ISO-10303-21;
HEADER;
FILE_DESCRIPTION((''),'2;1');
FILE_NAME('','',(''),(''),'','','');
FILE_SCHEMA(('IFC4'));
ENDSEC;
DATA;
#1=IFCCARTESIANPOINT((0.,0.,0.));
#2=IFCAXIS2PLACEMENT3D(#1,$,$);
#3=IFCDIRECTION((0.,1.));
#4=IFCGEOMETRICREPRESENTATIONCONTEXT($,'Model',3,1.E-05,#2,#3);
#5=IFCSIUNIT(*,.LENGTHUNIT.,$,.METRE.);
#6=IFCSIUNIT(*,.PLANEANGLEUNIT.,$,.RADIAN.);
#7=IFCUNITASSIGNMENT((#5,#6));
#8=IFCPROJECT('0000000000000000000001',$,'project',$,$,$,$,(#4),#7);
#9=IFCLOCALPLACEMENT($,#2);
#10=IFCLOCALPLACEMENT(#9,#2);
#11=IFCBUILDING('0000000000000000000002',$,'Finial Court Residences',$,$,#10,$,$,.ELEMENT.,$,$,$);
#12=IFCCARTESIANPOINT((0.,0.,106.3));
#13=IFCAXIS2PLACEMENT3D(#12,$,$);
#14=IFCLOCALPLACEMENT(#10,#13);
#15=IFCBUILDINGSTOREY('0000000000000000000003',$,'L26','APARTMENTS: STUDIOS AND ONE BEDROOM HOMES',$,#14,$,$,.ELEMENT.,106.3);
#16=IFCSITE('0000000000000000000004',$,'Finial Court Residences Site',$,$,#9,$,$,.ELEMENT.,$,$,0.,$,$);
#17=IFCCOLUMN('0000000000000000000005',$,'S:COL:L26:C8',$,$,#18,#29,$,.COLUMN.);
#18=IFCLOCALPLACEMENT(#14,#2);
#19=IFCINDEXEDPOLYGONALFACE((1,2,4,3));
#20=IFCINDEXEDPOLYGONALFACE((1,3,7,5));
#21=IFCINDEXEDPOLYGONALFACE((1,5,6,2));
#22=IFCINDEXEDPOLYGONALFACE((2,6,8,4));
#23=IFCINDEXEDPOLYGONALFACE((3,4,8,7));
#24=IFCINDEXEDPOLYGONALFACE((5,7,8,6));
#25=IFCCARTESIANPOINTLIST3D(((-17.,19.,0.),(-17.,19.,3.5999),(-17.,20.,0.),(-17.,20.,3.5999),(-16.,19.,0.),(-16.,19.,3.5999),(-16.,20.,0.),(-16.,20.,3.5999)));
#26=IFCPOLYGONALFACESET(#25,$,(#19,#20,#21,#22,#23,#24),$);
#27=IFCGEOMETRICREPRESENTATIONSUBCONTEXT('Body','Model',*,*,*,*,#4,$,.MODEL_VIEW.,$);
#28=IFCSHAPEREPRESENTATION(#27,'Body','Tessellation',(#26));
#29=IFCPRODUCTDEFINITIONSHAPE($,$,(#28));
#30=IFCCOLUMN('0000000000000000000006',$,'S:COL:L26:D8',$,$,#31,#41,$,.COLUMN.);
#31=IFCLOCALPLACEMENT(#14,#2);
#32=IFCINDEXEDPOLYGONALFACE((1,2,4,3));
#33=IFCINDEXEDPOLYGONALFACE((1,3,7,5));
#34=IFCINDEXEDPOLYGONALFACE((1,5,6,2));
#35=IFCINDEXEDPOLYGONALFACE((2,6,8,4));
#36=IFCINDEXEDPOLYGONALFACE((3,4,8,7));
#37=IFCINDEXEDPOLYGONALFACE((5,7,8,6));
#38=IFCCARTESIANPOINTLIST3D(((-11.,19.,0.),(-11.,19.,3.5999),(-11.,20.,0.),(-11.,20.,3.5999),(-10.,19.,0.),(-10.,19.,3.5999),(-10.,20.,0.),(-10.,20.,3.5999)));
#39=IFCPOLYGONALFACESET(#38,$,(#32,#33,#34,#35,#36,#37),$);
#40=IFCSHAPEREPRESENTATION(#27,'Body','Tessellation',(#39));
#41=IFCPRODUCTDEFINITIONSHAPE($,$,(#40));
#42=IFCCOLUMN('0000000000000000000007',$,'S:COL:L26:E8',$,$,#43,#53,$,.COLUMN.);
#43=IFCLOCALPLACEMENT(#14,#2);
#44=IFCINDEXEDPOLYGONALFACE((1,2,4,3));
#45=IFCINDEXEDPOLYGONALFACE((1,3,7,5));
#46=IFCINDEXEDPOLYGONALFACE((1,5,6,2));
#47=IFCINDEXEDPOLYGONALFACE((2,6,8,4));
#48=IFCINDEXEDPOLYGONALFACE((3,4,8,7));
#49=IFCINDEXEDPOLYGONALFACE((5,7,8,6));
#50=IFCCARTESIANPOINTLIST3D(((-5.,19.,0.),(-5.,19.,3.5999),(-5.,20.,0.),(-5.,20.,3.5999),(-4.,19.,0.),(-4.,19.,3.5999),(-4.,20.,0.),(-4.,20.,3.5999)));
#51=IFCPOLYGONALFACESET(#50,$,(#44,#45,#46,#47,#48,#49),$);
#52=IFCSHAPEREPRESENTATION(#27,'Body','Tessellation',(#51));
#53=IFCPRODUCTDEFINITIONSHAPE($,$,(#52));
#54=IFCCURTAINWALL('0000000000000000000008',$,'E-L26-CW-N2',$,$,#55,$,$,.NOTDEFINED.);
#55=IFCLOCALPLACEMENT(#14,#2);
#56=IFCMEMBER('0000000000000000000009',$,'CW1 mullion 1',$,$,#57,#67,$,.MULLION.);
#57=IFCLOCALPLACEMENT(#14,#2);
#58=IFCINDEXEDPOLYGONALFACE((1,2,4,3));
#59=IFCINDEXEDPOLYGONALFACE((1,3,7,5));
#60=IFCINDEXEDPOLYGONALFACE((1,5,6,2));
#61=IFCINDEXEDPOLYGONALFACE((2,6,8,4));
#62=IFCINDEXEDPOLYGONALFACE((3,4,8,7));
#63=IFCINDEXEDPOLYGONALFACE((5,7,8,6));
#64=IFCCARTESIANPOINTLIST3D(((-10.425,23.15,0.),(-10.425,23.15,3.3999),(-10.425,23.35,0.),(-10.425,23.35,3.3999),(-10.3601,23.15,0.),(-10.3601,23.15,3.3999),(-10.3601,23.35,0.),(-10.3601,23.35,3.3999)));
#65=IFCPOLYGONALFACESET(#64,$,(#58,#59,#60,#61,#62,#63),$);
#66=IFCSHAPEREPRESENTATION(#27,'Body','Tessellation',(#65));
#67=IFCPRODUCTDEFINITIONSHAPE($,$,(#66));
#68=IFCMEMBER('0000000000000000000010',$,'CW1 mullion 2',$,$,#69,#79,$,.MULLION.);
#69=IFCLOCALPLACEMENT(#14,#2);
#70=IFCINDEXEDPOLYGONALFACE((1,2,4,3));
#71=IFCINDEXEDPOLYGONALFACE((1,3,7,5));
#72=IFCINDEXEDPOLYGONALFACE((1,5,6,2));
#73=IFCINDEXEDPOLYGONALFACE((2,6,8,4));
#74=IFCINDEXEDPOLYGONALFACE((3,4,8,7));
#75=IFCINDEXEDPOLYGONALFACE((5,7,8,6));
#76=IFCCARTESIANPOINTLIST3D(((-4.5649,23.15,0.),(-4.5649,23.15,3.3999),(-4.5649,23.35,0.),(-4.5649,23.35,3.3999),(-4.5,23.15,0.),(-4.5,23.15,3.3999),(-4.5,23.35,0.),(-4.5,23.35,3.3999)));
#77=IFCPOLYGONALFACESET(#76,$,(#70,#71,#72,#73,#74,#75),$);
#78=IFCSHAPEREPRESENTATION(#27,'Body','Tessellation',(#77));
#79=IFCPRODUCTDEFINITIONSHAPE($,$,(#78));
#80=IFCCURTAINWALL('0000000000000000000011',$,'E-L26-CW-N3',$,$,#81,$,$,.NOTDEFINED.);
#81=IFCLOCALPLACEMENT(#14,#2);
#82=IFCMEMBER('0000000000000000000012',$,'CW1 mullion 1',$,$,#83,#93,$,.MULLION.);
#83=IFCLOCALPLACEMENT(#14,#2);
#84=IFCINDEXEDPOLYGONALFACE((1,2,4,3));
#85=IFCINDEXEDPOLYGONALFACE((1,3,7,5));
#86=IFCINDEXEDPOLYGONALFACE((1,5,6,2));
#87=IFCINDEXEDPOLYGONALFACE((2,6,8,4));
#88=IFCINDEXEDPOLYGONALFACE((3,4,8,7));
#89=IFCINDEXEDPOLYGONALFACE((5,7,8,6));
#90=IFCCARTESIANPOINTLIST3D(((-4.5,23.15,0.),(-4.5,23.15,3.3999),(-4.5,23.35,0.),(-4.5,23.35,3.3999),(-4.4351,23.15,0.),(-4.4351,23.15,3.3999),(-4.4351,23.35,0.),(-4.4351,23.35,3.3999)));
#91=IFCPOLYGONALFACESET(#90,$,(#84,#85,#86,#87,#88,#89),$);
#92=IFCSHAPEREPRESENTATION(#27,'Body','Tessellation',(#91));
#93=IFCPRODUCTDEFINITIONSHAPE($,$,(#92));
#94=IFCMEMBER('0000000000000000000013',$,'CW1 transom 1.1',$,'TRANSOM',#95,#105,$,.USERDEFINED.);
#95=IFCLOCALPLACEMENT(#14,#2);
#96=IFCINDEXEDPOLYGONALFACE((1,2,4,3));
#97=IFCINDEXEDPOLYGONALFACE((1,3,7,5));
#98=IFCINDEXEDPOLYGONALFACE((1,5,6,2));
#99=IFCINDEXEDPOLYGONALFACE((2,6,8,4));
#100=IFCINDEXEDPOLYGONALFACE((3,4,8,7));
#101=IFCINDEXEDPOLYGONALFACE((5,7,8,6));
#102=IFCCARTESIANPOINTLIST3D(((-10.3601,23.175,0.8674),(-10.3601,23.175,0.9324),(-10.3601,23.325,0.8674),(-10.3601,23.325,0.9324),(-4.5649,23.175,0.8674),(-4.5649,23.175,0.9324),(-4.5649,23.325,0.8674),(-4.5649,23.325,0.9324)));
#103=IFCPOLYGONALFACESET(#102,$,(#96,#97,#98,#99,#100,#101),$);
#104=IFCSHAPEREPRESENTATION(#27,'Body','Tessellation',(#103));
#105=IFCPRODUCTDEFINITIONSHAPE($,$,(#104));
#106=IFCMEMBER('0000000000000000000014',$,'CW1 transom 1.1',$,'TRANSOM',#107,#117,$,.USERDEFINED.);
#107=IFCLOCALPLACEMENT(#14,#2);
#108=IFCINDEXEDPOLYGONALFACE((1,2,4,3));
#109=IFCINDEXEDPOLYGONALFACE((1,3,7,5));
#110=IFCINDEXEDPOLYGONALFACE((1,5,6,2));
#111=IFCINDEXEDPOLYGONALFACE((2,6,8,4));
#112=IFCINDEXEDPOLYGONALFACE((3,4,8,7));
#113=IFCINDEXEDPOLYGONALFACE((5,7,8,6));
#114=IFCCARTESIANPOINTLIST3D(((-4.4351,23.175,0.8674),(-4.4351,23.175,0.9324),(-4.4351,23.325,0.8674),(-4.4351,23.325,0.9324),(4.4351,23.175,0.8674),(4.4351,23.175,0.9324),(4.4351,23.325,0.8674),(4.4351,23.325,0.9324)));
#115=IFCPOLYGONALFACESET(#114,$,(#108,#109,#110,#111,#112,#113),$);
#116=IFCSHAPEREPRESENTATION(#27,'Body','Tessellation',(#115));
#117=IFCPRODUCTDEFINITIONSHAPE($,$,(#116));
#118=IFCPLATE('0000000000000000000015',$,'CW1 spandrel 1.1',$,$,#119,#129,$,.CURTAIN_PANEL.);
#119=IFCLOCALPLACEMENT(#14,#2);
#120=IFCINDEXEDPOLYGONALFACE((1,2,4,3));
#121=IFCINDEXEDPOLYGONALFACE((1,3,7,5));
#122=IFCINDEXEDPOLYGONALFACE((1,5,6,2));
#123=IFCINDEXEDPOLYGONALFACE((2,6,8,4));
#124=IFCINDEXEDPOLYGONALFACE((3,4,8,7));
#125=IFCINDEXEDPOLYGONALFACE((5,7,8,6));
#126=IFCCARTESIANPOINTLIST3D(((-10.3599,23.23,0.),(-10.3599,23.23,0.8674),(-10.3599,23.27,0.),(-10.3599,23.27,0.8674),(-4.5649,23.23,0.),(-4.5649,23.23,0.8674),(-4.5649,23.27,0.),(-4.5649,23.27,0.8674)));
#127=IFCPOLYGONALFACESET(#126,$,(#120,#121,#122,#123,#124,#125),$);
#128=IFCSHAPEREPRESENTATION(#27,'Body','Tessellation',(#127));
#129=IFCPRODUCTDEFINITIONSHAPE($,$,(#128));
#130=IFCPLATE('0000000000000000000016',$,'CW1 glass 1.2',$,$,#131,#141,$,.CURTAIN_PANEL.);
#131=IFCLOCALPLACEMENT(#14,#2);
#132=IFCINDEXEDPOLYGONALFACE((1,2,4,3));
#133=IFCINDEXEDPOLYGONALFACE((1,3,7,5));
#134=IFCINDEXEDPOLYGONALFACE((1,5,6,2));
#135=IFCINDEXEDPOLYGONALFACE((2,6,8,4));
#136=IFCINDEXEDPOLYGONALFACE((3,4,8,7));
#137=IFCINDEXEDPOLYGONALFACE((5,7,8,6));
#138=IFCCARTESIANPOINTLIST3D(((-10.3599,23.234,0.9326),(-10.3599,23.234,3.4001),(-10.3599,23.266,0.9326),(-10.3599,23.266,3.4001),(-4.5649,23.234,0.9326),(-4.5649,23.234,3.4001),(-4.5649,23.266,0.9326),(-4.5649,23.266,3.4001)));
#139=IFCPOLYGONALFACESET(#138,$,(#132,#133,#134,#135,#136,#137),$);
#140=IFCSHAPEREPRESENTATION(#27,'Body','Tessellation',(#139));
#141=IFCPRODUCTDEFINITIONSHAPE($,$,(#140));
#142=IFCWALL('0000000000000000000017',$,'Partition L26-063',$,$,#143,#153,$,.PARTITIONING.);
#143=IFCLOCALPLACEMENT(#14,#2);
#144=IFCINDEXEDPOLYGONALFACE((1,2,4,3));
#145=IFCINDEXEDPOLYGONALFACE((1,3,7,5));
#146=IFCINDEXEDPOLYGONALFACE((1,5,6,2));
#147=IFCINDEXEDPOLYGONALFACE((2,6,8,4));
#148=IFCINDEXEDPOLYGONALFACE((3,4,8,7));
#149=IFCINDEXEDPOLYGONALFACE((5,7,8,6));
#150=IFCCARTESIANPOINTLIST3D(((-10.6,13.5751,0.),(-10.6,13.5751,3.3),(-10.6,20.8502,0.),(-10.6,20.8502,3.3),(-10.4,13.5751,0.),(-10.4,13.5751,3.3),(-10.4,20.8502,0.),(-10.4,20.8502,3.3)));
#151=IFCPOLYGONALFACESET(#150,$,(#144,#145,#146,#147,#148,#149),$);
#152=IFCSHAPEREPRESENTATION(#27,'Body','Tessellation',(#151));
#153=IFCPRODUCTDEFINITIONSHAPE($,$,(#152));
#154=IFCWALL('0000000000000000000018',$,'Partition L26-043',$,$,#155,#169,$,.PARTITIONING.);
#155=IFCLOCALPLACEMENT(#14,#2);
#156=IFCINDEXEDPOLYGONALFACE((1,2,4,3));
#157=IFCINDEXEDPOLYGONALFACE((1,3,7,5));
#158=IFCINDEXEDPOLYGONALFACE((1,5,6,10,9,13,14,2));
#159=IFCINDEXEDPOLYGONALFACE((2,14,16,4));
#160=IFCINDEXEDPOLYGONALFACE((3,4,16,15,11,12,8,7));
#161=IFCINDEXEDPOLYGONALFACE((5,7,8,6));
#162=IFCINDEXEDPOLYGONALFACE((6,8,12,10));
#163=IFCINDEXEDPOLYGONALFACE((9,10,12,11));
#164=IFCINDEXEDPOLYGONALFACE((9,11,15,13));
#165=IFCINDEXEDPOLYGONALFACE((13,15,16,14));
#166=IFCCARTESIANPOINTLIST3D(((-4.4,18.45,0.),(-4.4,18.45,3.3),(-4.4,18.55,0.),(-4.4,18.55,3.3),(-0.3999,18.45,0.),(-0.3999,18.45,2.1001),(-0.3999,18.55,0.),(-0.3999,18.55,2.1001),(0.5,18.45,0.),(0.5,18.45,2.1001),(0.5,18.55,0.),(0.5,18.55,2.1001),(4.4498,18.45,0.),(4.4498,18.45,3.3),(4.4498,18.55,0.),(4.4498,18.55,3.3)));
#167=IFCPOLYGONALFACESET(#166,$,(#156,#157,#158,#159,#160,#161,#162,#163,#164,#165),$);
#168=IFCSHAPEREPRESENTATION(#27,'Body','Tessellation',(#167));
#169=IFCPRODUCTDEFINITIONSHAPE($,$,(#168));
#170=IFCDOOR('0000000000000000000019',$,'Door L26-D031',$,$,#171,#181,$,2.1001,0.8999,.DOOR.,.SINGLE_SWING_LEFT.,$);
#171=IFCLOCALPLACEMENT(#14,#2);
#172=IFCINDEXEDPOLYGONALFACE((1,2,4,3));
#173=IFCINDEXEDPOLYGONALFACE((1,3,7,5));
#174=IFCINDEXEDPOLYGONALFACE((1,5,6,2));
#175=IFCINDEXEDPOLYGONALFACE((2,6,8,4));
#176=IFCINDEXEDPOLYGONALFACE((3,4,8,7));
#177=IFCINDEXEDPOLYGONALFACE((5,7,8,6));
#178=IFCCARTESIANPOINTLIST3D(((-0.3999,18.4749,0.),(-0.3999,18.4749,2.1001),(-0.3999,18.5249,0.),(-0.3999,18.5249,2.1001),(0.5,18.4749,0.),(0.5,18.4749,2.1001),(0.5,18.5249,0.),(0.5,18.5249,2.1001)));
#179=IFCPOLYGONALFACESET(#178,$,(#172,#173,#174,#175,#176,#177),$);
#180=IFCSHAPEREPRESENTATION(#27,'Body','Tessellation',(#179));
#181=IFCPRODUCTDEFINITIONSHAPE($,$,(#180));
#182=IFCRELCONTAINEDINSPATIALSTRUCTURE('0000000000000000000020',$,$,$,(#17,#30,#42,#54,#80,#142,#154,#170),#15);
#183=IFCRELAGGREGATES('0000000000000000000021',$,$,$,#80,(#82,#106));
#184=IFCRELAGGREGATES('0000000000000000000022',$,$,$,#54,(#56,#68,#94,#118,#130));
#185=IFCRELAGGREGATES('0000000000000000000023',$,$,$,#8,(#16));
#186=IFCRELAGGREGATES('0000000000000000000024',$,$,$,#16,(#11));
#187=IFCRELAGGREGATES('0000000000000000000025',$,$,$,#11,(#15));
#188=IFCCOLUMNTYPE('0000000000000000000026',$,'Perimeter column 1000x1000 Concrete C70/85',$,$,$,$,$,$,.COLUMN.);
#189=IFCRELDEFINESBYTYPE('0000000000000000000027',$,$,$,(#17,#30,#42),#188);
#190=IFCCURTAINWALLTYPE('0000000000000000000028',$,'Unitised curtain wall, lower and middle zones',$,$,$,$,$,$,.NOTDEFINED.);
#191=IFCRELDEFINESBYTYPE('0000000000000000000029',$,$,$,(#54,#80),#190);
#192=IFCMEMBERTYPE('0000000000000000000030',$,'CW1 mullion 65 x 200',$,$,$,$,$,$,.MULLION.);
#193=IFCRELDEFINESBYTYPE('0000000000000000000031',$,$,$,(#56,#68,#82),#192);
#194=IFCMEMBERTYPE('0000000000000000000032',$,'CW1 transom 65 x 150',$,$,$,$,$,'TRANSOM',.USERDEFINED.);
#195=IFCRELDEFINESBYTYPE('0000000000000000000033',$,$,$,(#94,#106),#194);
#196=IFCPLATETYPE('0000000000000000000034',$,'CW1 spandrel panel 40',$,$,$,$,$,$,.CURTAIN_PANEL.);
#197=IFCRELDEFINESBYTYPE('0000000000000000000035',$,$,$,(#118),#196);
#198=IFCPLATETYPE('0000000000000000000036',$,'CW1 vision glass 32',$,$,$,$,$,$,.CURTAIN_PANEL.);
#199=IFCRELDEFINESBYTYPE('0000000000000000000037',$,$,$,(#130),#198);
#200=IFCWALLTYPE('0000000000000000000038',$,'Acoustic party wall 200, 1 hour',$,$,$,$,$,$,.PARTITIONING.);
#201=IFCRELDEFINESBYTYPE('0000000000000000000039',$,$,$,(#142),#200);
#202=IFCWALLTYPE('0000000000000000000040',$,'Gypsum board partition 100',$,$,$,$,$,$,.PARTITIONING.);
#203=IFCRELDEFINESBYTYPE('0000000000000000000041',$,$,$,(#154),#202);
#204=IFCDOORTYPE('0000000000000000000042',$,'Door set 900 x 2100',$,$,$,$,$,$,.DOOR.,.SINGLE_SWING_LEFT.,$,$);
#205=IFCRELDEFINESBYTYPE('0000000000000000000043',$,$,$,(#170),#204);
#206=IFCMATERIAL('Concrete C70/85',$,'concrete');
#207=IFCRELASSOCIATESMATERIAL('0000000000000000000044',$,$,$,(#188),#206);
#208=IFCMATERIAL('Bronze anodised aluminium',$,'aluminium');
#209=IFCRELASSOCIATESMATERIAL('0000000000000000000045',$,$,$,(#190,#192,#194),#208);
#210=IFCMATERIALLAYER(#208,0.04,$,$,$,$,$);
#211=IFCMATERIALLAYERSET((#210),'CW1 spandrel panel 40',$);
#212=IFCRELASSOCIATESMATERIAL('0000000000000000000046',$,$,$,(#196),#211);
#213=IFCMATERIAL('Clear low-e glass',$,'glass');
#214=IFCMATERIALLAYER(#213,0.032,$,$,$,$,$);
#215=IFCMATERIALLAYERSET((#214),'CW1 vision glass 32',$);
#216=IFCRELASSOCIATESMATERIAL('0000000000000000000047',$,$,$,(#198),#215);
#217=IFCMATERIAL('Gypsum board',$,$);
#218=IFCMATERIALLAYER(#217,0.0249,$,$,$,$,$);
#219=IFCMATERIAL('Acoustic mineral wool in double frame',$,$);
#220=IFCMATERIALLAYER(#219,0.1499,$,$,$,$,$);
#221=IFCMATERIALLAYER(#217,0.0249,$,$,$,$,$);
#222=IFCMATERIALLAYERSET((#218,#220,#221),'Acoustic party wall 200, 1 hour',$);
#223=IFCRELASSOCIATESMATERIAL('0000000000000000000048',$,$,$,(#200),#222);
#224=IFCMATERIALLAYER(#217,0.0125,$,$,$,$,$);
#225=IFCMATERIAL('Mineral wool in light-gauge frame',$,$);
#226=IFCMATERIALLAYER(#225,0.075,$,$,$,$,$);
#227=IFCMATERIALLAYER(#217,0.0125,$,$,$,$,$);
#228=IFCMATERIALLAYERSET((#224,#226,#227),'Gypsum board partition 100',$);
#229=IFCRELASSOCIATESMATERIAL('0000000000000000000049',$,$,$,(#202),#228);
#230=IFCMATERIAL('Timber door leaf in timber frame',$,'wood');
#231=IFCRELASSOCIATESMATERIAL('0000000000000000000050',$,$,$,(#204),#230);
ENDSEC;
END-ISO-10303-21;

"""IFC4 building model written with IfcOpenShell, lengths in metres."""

from ifc_helpers import new_model, si_unit, direction, frame, frame_2d, origin, origin_2d, place, context, subcontext, project, spatial, rectangle, extrude, material, layer, layer_set, material_profile, profile_set, type_object, element, fill, aggregate, save


model = new_model("IFC4")

# Units and contexts
model_context = context("Model", 3, precision=1e-05, world=origin(), true_north=direction((0.0, 1.0)))
body_context = subcontext(model_context, "Body", "Model", "MODEL_VIEW")
ifc_project = project(units=[si_unit("LENGTHUNIT", "METRE"), si_unit("PLANEANGLEUNIT", "RADIAN")], contexts=[model_context])

# Site, building, storey
site_placement = place(None, origin())
site = spatial("IfcSite", under=ifc_project, at=site_placement, Name="Finial Court Residences Site", CompositionType="ELEMENT", RefElevation=0.0)
building_placement = place(site_placement, origin())
building = spatial("IfcBuilding", under=site, at=building_placement, Name="Finial Court Residences", CompositionType="ELEMENT")
storey_placement = place(building_placement, frame((0.0, 0.0, 106.3)))
storey = spatial("IfcBuildingStorey", under=building, at=storey_placement, Name="L26", Description="APARTMENTS: STUDIOS AND ONE BEDROOM HOMES", CompositionType="ELEMENT", Elevation=106.3)

# Columns
ifc_material_1 = material(Name="Concrete C70/85", Category="concrete")
ifc_material_profile_1 = material_profile(ifc_material_1, rectangle(XDim=1.0, YDim=1.0, at=origin_2d()), Name="1000x1000")
ifc_profile_set_1 = profile_set([ifc_material_profile_1], Name="Concrete C70/85")
column_type = type_object("IfcColumnType", Name="Perimeter column 1000x1000 Concrete C70/85", PredefinedType="COLUMN", material=ifc_profile_set_1)
for number, where, z_axis, x_axis, name in (
    (1, (-16.5, 19.5, 0.0), (0.0, 0.0, 1.0), (1.0, 0.0, 0.0), "S:COL:L26:C8"),
    (2, (-10.5, 19.5, 0.0), (0.0, 0.0, 1.0), (1.0, 0.0, 0.0), "S:COL:L26:D8"),
    (3, (-4.5, 19.5, 0.0), (0.0, 0.0, 1.0), (1.0, 0.0, 0.0), "S:COL:L26:E8"),
):
    element("IfcColumn", number, at=place(storey_placement, frame(where, z_axis=z_axis, x_axis=x_axis)), inside=storey, type_object=column_type, Name=name, PredefinedType="COLUMN", context=body_context, shape_type="SweptSolid", body=[
        extrude(rectangle(XDim=1.0, YDim=1.0, at=origin_2d()), origin(), (0.0, 0.0, 1.0), 3.5999),
    ])

# Curtain wall, members
ifc_material_2 = material(Name="Bronze anodised aluminium", Category="aluminium")
curtain_wall_type = type_object("IfcCurtainWallType", Name="Unitised curtain wall, lower and middle zones", PredefinedType="NOTDEFINED", material=ifc_material_2)
curtain_wall_1_placement = place(storey_placement, origin())
curtain_wall_1 = element("IfcCurtainWall", 4, at=curtain_wall_1_placement, inside=storey, type_object=curtain_wall_type, Name="E-L26-CW-N2", PredefinedType="NOTDEFINED")
ifc_material_profile_2 = material_profile(ifc_material_2, rectangle(XDim=0.2, YDim=0.0649, at=origin_2d()), Name="CW1 mullion 65 x 200")
ifc_profile_set_2 = profile_set([ifc_material_profile_2], Name="Bronze anodised aluminium")
member_type_1 = type_object("IfcMemberType", Name="CW1 mullion 65 x 200", PredefinedType="MULLION", material=ifc_profile_set_2)
member_1_placement = place(storey_placement, frame((-10.3926, 23.25, 0.0), z_axis=(0.0, 0.0, 1.0), x_axis=(0.0, 1.0, 0.0)))
member_1 = element("IfcMember", 5, at=member_1_placement, type_object=member_type_1, Name="CW1 mullion 1", PredefinedType="MULLION", context=body_context, shape_type="SweptSolid", body=[
    extrude(rectangle(XDim=0.2, YDim=0.0649, at=origin_2d()), origin(), (0.0, 0.0, 1.0), 3.3999),
])
member_2_placement = place(storey_placement, frame((-4.5325, 23.25, 0.0), z_axis=(0.0, 0.0, 1.0), x_axis=(0.0, 1.0, 0.0)))
member_2 = element("IfcMember", 6, at=member_2_placement, type_object=member_type_1, Name="CW1 mullion 2", PredefinedType="MULLION", context=body_context, shape_type="SweptSolid", body=[
    extrude(rectangle(XDim=0.2, YDim=0.0649, at=origin_2d()), origin(), (0.0, 0.0, 1.0), 3.3999),
])

# Curtain wall, member
curtain_wall_2_placement = place(storey_placement, origin())
curtain_wall_2 = element("IfcCurtainWall", 7, at=curtain_wall_2_placement, inside=storey, type_object=curtain_wall_type, Name="E-L26-CW-N3", PredefinedType="NOTDEFINED")
member_3_placement = place(storey_placement, frame((-4.4675, 23.25, 0.0), z_axis=(0.0, 0.0, 1.0), x_axis=(0.0, 1.0, 0.0)))
member_3 = element("IfcMember", 8, at=member_3_placement, type_object=member_type_1, Name="CW1 mullion 1", PredefinedType="MULLION", context=body_context, shape_type="SweptSolid", body=[
    extrude(rectangle(XDim=0.2, YDim=0.0649, at=origin_2d()), origin(), (0.0, 0.0, 1.0), 3.3999),
])

# Members
ifc_material_profile_3 = material_profile(ifc_material_2, rectangle(XDim=0.1499, YDim=0.0649, at=origin_2d()), Name="CW1 transom 65 x 150")
ifc_profile_set_3 = profile_set([ifc_material_profile_3], Name="Bronze anodised aluminium")
member_type_2 = type_object("IfcMemberType", Name="CW1 transom 65 x 150", ElementType="TRANSOM", PredefinedType="USERDEFINED", material=ifc_profile_set_3)
member_4_placement = place(storey_placement, frame((-10.3601, 23.25, 0.8999), z_axis=(1.0, 0.0, 0.0), x_axis=(0.0, 1.0, 0.0)))
member_4 = element("IfcMember", 9, at=member_4_placement, type_object=member_type_2, Name="CW1 transom 1.1", ObjectType="TRANSOM", PredefinedType="USERDEFINED", context=body_context, shape_type="SweptSolid", body=[
    extrude(rectangle(XDim=0.1499, YDim=0.0649, at=origin_2d()), origin(), (0.0, 0.0, 1.0), 5.7952),
])
member_5_placement = place(storey_placement, frame((-4.4351, 23.25, 0.8999), z_axis=(1.0, 0.0, 0.0), x_axis=(0.0, 1.0, 0.0)))
member_5 = element("IfcMember", 10, at=member_5_placement, type_object=member_type_2, Name="CW1 transom 1.1", ObjectType="TRANSOM", PredefinedType="USERDEFINED", context=body_context, shape_type="SweptSolid", body=[
    extrude(rectangle(XDim=0.1499, YDim=0.0649, at=origin_2d()), origin(), (0.0, 0.0, 1.0), 8.8701),
])
aggregate(curtain_wall_2, [member_3, member_5])

# Plates
ifc_layer_1 = layer(ifc_material_2, 0.04)
ifc_layer_set_1 = layer_set([ifc_layer_1], Name="CW1 spandrel panel 40")
plate_type_1 = type_object("IfcPlateType", Name="CW1 spandrel panel 40", PredefinedType="CURTAIN_PANEL", material=ifc_layer_set_1)
plate_1_placement = place(storey_placement, frame((-7.4624, 23.25, 0.0), z_axis=(0.0, 0.0, 1.0), x_axis=(1.0, 0.0, 0.0)))
plate_1 = element("IfcPlate", 11, at=plate_1_placement, type_object=plate_type_1, Name="CW1 spandrel 1.1", PredefinedType="CURTAIN_PANEL", context=body_context, shape_type="SweptSolid", body=[
    extrude(rectangle(XDim=5.7949, YDim=0.04, at=origin_2d()), origin(), (0.0, 0.0, 1.0), 0.8674),
])
ifc_material_3 = material(Name="Clear low-e glass", Category="glass")
ifc_layer_2 = layer(ifc_material_3, 0.032)
ifc_layer_set_2 = layer_set([ifc_layer_2], Name="CW1 vision glass 32")
plate_type_2 = type_object("IfcPlateType", Name="CW1 vision glass 32", PredefinedType="CURTAIN_PANEL", material=ifc_layer_set_2)
plate_2_placement = place(storey_placement, frame((-7.4624, 23.25, 0.9326), z_axis=(0.0, 0.0, 1.0), x_axis=(1.0, 0.0, 0.0)))
plate_2 = element("IfcPlate", 12, at=plate_2_placement, type_object=plate_type_2, Name="CW1 glass 1.2", PredefinedType="CURTAIN_PANEL", context=body_context, shape_type="SweptSolid", body=[
    extrude(rectangle(XDim=5.7949, YDim=0.032, at=origin_2d()), origin(), (0.0, 0.0, 1.0), 2.4675),
])
aggregate(curtain_wall_1, [member_1, member_2, member_4, plate_1, plate_2])

# Wall
ifc_material_4 = material(Name="Gypsum board")
ifc_layer_3 = layer(ifc_material_4, 0.0249)
ifc_material_5 = material(Name="Acoustic mineral wool in double frame")
ifc_layer_4 = layer(ifc_material_5, 0.1499)
ifc_layer_5 = layer(ifc_material_4, 0.0249)
ifc_layer_set_3 = layer_set([ifc_layer_3, ifc_layer_4, ifc_layer_5], Name="Acoustic party wall 200, 1 hour")
wall_type_1 = type_object("IfcWallType", Name="Acoustic party wall 200, 1 hour", PredefinedType="PARTITIONING", material=ifc_layer_set_3)
wall_1_placement = place(storey_placement, frame((-10.5, 13.575, 0.0), z_axis=(0.0, 0.0, 1.0), x_axis=(0.0, 1.0, 0.0)))
element("IfcWall", 13, at=wall_1_placement, inside=storey, type_object=wall_type_1, Name="Partition L26-063", PredefinedType="PARTITIONING", context=body_context, shape_type="SweptSolid", body=[
    extrude(rectangle(XDim=7.2751, YDim=0.2, at=frame_2d((3.6377, 0.0))), origin(), (0.0, 0.0, 1.0), 3.3),
])

# Wall, opening, door
ifc_layer_6 = layer(ifc_material_4, 0.0125)
ifc_material_6 = material(Name="Mineral wool in light-gauge frame")
ifc_layer_7 = layer(ifc_material_6, 0.075)
ifc_layer_8 = layer(ifc_material_4, 0.0125)
ifc_layer_set_4 = layer_set([ifc_layer_6, ifc_layer_7, ifc_layer_8], Name="Gypsum board partition 100")
wall_type_2 = type_object("IfcWallType", Name="Gypsum board partition 100", PredefinedType="PARTITIONING", material=ifc_layer_set_4)
wall_2_placement = place(storey_placement, frame((-4.3999, 18.5, 0.0), z_axis=(0.0, 0.0, 1.0), x_axis=(1.0, 0.0, 0.0)))
wall_2 = element("IfcWall", 14, at=wall_2_placement, inside=storey, type_object=wall_type_2, Name="Partition L26-043", PredefinedType="PARTITIONING", context=body_context, shape_type="SweptSolid", body=[
    extrude(rectangle(XDim=8.8499, YDim=0.1001, at=frame_2d((4.4248, 0.0))), origin(), (0.0, 0.0, 1.0), 3.3),
])
opening_1_placement = place(wall_2_placement, frame((4.0, 0.0, 0.0)))
opening_1 = element("IfcOpeningElement", 15, at=opening_1_placement, cuts=wall_2, PredefinedType="OPENING", context=body_context, shape_type="SweptSolid", body=[
    extrude(rectangle(XDim=0.8999, YDim=2.1001, at=frame_2d((0.45, 1.05))), frame((0.0, 0.0601, 0.0), z_axis=(0.0, -1.0, 0.0), x_axis=(1.0, 0.0, 0.0)), (0.0, 0.0, 1.0), 0.1201),
])
ifc_material_7 = material(Name="Timber door leaf in timber frame", Category="wood")
door_type_1 = type_object("IfcDoorType", Name="Door set 900 x 2100", OperationType="SINGLE_SWING_LEFT", PredefinedType="DOOR", material=ifc_material_7)
door_1_placement = place(opening_1_placement, origin())
door_1 = element("IfcDoor", 16, at=door_1_placement, inside=storey, type_object=door_type_1, Name="Door L26-D031", OperationType="SINGLE_SWING_LEFT", OverallHeight=2.1001, OverallWidth=0.8999, PredefinedType="DOOR", context=body_context, shape_type="SweptSolid", body=[
    extrude(rectangle(XDim=0.8999, YDim=2.1001, at=frame_2d((0.45, 1.05))), frame((0.0, 0.0249, 0.0), z_axis=(0.0, -1.0, 0.0), x_axis=(1.0, 0.0, 0.0)), (0.0, 0.0, 1.0), 0.05),
])
fill(opening_1, door_1)

save(model, "model.ifc")
